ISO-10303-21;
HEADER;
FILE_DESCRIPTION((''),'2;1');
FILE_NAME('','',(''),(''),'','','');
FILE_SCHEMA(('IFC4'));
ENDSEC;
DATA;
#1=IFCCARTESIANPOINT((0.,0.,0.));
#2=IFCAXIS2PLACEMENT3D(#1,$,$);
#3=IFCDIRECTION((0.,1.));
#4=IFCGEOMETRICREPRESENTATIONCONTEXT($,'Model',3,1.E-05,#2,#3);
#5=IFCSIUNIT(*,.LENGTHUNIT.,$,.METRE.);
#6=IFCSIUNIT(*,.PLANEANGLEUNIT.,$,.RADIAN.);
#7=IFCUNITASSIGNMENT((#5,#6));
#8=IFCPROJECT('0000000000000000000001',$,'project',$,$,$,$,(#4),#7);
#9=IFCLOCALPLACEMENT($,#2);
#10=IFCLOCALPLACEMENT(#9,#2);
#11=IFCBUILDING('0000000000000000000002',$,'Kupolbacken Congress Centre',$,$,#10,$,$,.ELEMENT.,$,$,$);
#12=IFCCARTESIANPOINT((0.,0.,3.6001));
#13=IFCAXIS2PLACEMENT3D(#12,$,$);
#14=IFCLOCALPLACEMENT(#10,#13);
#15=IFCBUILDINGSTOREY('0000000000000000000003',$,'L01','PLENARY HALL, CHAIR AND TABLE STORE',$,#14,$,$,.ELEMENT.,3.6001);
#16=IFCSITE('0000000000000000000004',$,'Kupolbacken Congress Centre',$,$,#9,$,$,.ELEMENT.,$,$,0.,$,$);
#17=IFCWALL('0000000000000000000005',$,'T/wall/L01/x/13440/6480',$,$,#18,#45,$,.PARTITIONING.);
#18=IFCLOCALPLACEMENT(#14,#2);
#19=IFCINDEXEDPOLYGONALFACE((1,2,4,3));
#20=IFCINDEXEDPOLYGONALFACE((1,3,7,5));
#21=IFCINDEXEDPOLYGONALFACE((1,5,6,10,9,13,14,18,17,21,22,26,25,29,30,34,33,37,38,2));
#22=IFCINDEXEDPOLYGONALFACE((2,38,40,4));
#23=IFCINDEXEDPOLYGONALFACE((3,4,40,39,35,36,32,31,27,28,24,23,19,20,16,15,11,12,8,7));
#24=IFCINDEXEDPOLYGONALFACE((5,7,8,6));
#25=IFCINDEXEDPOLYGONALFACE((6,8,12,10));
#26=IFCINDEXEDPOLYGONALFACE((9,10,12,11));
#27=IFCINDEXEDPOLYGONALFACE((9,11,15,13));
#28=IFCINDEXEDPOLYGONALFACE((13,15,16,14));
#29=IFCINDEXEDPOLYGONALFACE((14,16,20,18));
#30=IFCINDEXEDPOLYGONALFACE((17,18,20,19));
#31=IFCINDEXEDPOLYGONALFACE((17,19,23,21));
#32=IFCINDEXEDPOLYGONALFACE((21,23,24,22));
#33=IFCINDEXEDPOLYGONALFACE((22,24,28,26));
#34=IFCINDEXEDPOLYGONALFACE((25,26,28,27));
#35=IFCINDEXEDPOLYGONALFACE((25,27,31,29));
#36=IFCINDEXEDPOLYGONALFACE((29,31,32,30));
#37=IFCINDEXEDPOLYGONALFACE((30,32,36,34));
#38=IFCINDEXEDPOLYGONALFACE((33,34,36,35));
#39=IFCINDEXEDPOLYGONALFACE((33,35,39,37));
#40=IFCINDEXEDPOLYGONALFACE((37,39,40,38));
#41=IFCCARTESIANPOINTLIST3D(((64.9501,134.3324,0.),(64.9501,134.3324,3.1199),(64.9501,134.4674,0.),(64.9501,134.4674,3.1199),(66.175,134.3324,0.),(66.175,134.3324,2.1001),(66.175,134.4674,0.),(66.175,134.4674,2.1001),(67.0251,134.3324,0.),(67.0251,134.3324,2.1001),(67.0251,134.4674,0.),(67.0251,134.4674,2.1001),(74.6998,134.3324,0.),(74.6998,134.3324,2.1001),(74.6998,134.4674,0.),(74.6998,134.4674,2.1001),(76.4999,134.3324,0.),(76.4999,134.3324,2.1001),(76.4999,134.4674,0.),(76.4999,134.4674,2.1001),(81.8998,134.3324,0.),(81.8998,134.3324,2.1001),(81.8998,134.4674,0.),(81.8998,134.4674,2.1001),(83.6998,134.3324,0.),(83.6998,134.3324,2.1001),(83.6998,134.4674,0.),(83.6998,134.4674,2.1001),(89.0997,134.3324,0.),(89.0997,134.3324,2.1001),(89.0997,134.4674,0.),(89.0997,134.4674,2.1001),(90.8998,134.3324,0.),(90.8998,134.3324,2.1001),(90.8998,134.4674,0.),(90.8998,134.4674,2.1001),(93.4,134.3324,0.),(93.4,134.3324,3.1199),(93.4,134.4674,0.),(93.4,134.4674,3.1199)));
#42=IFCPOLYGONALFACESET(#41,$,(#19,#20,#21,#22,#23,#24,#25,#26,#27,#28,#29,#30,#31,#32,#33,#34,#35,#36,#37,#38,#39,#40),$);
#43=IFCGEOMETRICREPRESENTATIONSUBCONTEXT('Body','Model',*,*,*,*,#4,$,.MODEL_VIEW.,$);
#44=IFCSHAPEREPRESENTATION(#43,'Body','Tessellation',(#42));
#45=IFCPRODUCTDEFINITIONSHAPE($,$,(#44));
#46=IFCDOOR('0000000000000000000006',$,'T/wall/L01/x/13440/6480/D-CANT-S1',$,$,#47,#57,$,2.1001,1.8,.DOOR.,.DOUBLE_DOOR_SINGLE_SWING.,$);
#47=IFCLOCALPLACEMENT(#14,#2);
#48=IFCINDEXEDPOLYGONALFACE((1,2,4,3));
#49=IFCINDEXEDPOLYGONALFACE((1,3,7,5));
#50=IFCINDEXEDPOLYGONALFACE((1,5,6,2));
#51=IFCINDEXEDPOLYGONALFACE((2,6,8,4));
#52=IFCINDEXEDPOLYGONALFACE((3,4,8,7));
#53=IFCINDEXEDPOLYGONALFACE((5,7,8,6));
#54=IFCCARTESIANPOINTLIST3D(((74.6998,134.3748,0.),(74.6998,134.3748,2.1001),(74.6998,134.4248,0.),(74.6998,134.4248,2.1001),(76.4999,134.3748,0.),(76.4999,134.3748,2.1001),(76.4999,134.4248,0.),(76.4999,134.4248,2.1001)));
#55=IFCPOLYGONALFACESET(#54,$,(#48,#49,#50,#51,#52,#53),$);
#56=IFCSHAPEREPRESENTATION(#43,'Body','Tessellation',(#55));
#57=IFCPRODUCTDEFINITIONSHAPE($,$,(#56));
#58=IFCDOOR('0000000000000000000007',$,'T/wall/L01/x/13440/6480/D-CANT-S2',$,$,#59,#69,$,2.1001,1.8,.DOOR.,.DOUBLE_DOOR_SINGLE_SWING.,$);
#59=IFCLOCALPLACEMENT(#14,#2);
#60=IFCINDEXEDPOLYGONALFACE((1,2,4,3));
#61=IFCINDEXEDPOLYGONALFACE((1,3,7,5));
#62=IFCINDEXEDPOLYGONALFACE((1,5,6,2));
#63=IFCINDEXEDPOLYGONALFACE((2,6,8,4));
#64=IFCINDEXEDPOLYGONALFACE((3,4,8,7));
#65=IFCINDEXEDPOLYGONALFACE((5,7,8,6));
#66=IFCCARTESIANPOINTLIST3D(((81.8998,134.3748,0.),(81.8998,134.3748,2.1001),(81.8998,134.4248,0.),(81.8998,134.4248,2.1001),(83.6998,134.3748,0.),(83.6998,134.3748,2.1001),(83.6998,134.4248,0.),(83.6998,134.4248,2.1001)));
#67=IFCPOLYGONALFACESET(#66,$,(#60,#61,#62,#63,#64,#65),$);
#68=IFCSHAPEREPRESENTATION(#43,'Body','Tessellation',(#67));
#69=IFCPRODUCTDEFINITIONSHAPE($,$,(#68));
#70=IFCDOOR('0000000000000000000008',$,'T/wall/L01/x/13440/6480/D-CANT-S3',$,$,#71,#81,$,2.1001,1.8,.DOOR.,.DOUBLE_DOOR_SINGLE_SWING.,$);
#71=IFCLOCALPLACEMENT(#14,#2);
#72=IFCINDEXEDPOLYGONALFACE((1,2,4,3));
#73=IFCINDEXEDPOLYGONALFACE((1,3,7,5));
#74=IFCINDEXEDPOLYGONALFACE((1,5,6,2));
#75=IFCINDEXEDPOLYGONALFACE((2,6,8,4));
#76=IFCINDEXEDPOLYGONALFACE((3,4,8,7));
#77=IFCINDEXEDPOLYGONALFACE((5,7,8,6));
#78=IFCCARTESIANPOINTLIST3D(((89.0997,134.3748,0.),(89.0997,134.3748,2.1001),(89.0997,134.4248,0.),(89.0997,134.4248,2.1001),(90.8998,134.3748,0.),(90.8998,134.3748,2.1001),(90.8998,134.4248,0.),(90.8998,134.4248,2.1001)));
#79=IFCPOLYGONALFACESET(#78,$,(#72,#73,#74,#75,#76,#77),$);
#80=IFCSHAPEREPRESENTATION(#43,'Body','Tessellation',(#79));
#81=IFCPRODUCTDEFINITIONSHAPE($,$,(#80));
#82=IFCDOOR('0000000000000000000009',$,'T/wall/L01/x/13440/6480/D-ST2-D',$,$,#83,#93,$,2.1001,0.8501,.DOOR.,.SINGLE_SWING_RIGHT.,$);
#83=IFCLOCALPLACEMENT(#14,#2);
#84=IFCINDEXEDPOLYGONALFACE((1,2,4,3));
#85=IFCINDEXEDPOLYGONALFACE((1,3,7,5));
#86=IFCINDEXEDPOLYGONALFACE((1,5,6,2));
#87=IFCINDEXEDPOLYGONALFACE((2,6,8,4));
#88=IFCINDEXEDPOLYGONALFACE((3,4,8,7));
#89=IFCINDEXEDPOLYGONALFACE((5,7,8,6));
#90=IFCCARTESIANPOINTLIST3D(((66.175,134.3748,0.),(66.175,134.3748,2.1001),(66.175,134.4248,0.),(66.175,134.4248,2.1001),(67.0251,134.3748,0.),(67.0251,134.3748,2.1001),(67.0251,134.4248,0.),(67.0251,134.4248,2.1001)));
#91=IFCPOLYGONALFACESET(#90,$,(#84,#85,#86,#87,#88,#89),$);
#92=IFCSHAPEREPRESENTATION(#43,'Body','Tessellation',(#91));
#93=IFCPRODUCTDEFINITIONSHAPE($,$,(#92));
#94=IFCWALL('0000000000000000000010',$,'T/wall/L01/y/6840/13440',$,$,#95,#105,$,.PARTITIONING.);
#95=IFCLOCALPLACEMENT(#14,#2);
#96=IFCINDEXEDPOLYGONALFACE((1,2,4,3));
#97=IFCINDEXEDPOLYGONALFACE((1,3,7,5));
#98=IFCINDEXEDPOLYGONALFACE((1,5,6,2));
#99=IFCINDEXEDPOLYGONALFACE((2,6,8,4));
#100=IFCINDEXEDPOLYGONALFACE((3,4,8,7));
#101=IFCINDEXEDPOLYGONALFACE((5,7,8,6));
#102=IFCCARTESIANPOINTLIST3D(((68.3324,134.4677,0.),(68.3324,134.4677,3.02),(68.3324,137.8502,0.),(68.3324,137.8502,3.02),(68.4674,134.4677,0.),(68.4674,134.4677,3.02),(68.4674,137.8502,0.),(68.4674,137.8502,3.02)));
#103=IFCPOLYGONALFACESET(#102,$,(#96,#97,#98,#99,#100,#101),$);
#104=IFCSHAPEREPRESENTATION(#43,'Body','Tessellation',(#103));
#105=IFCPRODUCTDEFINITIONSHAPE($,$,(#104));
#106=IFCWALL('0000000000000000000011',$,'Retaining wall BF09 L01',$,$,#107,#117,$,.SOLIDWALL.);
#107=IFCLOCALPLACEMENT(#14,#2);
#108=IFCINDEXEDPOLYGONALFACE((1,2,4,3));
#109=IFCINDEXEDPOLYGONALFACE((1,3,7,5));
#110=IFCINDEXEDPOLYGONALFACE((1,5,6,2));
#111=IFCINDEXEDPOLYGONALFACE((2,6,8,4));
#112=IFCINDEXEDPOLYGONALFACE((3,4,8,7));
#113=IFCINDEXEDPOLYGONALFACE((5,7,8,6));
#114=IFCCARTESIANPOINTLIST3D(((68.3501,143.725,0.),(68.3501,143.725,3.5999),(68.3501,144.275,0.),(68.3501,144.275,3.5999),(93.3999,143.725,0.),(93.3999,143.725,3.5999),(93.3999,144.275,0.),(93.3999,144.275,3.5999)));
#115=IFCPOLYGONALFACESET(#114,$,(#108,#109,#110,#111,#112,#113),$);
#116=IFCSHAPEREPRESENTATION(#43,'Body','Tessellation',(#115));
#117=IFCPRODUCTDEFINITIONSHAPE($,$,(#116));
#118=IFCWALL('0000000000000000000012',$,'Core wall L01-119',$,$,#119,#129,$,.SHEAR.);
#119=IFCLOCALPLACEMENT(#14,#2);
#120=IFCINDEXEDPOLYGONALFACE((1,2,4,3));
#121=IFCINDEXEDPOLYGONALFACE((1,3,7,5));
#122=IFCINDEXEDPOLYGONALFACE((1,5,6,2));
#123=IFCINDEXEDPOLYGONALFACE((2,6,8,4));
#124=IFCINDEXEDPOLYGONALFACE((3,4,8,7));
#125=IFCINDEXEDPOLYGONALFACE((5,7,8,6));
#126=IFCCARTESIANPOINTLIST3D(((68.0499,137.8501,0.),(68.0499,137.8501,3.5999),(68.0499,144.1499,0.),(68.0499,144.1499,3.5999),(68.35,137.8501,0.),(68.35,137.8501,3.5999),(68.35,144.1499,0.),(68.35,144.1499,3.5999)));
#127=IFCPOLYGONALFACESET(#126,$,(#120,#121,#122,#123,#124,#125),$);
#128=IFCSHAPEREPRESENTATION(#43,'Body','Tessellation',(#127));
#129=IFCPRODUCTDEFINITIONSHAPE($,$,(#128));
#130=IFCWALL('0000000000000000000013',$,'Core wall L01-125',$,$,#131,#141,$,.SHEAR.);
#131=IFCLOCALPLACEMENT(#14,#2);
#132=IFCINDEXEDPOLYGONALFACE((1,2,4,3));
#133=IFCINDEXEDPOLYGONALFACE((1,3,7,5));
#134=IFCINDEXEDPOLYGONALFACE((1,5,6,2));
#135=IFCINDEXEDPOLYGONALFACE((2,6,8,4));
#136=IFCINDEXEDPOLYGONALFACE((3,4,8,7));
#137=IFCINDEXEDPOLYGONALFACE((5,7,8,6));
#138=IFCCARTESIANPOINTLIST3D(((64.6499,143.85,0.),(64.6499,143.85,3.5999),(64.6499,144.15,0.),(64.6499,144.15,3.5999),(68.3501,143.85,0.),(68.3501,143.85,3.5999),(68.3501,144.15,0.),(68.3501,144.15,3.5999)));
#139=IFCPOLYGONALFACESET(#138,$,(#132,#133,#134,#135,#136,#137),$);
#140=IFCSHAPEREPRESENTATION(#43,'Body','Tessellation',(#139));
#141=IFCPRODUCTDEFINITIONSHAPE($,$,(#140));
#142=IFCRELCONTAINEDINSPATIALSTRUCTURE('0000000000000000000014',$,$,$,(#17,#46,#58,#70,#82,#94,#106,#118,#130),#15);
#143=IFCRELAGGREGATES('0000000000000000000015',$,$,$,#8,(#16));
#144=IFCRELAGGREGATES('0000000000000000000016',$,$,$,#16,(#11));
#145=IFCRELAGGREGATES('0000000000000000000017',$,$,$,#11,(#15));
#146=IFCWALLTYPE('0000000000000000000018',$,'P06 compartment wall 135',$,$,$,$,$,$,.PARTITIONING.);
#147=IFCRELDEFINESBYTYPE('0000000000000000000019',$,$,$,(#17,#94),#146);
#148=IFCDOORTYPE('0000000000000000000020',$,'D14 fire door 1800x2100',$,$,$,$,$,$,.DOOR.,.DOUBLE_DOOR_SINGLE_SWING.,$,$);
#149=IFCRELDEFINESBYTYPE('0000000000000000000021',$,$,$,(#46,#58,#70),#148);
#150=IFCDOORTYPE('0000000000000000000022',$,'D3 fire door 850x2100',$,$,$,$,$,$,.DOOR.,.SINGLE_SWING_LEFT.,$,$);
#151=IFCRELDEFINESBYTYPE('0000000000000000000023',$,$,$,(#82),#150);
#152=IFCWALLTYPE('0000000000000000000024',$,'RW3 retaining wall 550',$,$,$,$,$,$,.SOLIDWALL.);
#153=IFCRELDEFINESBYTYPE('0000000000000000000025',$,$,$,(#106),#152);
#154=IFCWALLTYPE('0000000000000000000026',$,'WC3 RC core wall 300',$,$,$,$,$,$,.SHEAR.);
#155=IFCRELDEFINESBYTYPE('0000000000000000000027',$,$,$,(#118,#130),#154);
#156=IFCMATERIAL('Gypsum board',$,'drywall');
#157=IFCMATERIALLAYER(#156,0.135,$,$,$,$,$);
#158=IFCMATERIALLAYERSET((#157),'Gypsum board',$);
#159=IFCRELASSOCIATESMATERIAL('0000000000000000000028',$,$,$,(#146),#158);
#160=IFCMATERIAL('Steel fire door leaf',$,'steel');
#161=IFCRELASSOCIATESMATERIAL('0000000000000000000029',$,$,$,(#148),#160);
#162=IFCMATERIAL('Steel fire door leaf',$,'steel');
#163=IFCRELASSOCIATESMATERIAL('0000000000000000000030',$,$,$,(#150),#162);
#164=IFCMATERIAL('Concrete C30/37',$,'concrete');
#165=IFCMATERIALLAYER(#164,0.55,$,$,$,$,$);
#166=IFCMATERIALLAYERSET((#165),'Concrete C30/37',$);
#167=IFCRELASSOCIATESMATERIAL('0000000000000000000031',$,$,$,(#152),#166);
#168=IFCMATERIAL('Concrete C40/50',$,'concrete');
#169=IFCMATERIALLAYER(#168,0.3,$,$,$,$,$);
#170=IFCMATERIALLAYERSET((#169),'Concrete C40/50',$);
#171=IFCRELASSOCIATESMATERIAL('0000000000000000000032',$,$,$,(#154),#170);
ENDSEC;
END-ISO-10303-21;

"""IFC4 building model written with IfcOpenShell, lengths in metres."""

from ifc_helpers import new_model, si_unit, direction, frame, frame_2d, origin, place, context, subcontext, project, spatial, rectangle, extrude, material, layer, layer_set, type_object, element, fill, save


model = new_model("IFC4")

# Units and contexts
model_context = context("Model", 3, precision=1e-05, world=origin(), true_north=direction((0.0, 1.0)))
body_context = subcontext(model_context, "Body", "Model", "MODEL_VIEW")
ifc_project = project(units=[si_unit("LENGTHUNIT", "METRE"), si_unit("PLANEANGLEUNIT", "RADIAN")], contexts=[model_context])

# Site, building, storey
site_placement = place(None, origin())
site = spatial("IfcSite", under=ifc_project, at=site_placement, Name="Kupolbacken Congress Centre", CompositionType="ELEMENT", RefElevation=0.0)
building_placement = place(site_placement, origin())
building = spatial("IfcBuilding", under=site, at=building_placement, Name="Kupolbacken Congress Centre", CompositionType="ELEMENT")
storey_placement = place(building_placement, frame((0.0, 0.0, 3.6001)))
storey = spatial("IfcBuildingStorey", under=building, at=storey_placement, Name="L01", Description="PLENARY HALL, CHAIR AND TABLE STORE", CompositionType="ELEMENT", Elevation=3.6001)

# Wall, openings, doors
ifc_material_1 = material(Name="Gypsum board", Category="drywall")
ifc_layer_1 = layer(ifc_material_1, 0.135)
ifc_layer_set_1 = layer_set([ifc_layer_1], Name="Gypsum board")
wall_type_1 = type_object("IfcWallType", Name="P06 compartment wall 135", PredefinedType="PARTITIONING", material=ifc_layer_set_1)
wall_1_placement = place(storey_placement, frame((64.95, 134.3999, 0.0), z_axis=(0.0, 0.0, 1.0), x_axis=(1.0, 0.0, 0.0)))
wall_1 = element("IfcWall", 1, at=wall_1_placement, inside=storey, type_object=wall_type_1, Name="T/wall/L01/x/13440/6480", PredefinedType="PARTITIONING", context=body_context, shape_type="SweptSolid", body=[
    extrude(rectangle(XDim=28.45, YDim=0.135, at=frame_2d((14.2251, 0.0))), origin(), (0.0, 0.0, 1.0), 3.1199),
])
opening_1_placement = place(wall_1_placement, frame((1.2251, 0.0, 0.0)))
opening_1 = element("IfcOpeningElement", 2, at=opening_1_placement, cuts=wall_1, PredefinedType="OPENING", context=body_context, shape_type="SweptSolid", body=[
    extrude(rectangle(XDim=0.8501, YDim=2.1001, at=frame_2d((0.425, 1.05))), frame((0.0, 0.0774, 0.0), z_axis=(0.0, -1.0, 0.0), x_axis=(1.0, 0.0, 0.0)), (0.0, 0.0, 1.0), 0.155),
])
opening_2_placement = place(wall_1_placement, frame((9.75, 0.0, 0.0)))
opening_2 = element("IfcOpeningElement", 3, at=opening_2_placement, cuts=wall_1, PredefinedType="OPENING", context=body_context, shape_type="SweptSolid", body=[
    extrude(rectangle(XDim=1.8, YDim=2.1001, at=frame_2d((0.8999, 1.05))), frame((0.0, 0.0774, 0.0), z_axis=(0.0, -1.0, 0.0), x_axis=(1.0, 0.0, 0.0)), (0.0, 0.0, 1.0), 0.155),
])
opening_3_placement = place(wall_1_placement, frame((16.95, 0.0, 0.0)))
opening_3 = element("IfcOpeningElement", 4, at=opening_3_placement, cuts=wall_1, PredefinedType="OPENING", context=body_context, shape_type="SweptSolid", body=[
    extrude(rectangle(XDim=1.8, YDim=2.1001, at=frame_2d((0.8999, 1.05))), frame((0.0, 0.0774, 0.0), z_axis=(0.0, -1.0, 0.0), x_axis=(1.0, 0.0, 0.0)), (0.0, 0.0, 1.0), 0.155),
])
opening_4_placement = place(wall_1_placement, frame((24.1499, 0.0, 0.0)))
opening_4 = element("IfcOpeningElement", 5, at=opening_4_placement, cuts=wall_1, PredefinedType="OPENING", context=body_context, shape_type="SweptSolid", body=[
    extrude(rectangle(XDim=1.8, YDim=2.1001, at=frame_2d((0.8999, 1.05))), frame((0.0, 0.0774, 0.0), z_axis=(0.0, -1.0, 0.0), x_axis=(1.0, 0.0, 0.0)), (0.0, 0.0, 1.0), 0.155),
])
ifc_material_2 = material(Name="Steel fire door leaf", Category="steel")
door_type_1 = type_object("IfcDoorType", Name="D14 fire door 1800x2100", OperationType="DOUBLE_DOOR_SINGLE_SWING", PredefinedType="DOOR", material=ifc_material_2)
door_1_placement = place(opening_2_placement, origin())
door_1 = element("IfcDoor", 6, at=door_1_placement, inside=storey, type_object=door_type_1, Name="T/wall/L01/x/13440/6480/D-CANT-S1", OperationType="DOUBLE_DOOR_SINGLE_SWING", OverallHeight=2.1001, OverallWidth=1.8, PredefinedType="DOOR", context=body_context, shape_type="SweptSolid", body=[
    extrude(rectangle(XDim=1.8, YDim=2.1001, at=frame_2d((0.8999, 1.05))), frame((0.0, 0.0249, 0.0), z_axis=(0.0, -1.0, 0.0), x_axis=(1.0, 0.0, 0.0)), (0.0, 0.0, 1.0), 0.05),
])
fill(opening_2, door_1)
door_2_placement = place(opening_3_placement, origin())
door_2 = element("IfcDoor", 7, at=door_2_placement, inside=storey, type_object=door_type_1, Name="T/wall/L01/x/13440/6480/D-CANT-S2", OperationType="DOUBLE_DOOR_SINGLE_SWING", OverallHeight=2.1001, OverallWidth=1.8, PredefinedType="DOOR", context=body_context, shape_type="SweptSolid", body=[
    extrude(rectangle(XDim=1.8, YDim=2.1001, at=frame_2d((0.8999, 1.05))), frame((0.0, 0.0249, 0.0), z_axis=(0.0, -1.0, 0.0), x_axis=(1.0, 0.0, 0.0)), (0.0, 0.0, 1.0), 0.05),
])
fill(opening_3, door_2)
door_3_placement = place(opening_4_placement, origin())
door_3 = element("IfcDoor", 8, at=door_3_placement, inside=storey, type_object=door_type_1, Name="T/wall/L01/x/13440/6480/D-CANT-S3", OperationType="DOUBLE_DOOR_SINGLE_SWING", OverallHeight=2.1001, OverallWidth=1.8, PredefinedType="DOOR", context=body_context, shape_type="SweptSolid", body=[
    extrude(rectangle(XDim=1.8, YDim=2.1001, at=frame_2d((0.8999, 1.05))), frame((0.0, 0.0249, 0.0), z_axis=(0.0, -1.0, 0.0), x_axis=(1.0, 0.0, 0.0)), (0.0, 0.0, 1.0), 0.05),
])
fill(opening_4, door_3)
ifc_material_3 = material(Name="Steel fire door leaf", Category="steel")
door_type_2 = type_object("IfcDoorType", Name="D3 fire door 850x2100", OperationType="SINGLE_SWING_LEFT", PredefinedType="DOOR", material=ifc_material_3)
door_4_placement = place(opening_1_placement, origin())
door_4 = element("IfcDoor", 9, at=door_4_placement, inside=storey, type_object=door_type_2, Name="T/wall/L01/x/13440/6480/D-ST2-D", OperationType="SINGLE_SWING_RIGHT", OverallHeight=2.1001, OverallWidth=0.8501, PredefinedType="DOOR", context=body_context, shape_type="SweptSolid", body=[
    extrude(rectangle(XDim=0.8501, YDim=2.1001, at=frame_2d((0.425, 1.05))), frame((0.0, 0.0249, 0.0), z_axis=(0.0, -1.0, 0.0), x_axis=(1.0, 0.0, 0.0)), (0.0, 0.0, 1.0), 0.05),
])
fill(opening_1, door_4)

# Walls
wall_2_placement = place(storey_placement, frame((68.3999, 134.4675, 0.0), z_axis=(0.0, 0.0, 1.0), x_axis=(0.0, 1.0, 0.0)))
element("IfcWall", 10, at=wall_2_placement, inside=storey, type_object=wall_type_1, Name="T/wall/L01/y/6840/13440", PredefinedType="PARTITIONING", context=body_context, shape_type="SweptSolid", body=[
    extrude(rectangle(XDim=3.3826, YDim=0.135, at=frame_2d((1.6914, 0.0))), origin(), (0.0, 0.0, 1.0), 3.02),
])
ifc_material_4 = material(Name="Concrete C30/37", Category="concrete")
ifc_layer_2 = layer(ifc_material_4, 0.55)
ifc_layer_set_2 = layer_set([ifc_layer_2], Name="Concrete C30/37")
wall_type_2 = type_object("IfcWallType", Name="RW3 retaining wall 550", PredefinedType="SOLIDWALL", material=ifc_layer_set_2)
wall_3_placement = place(storey_placement, frame((68.3501, 144.0, 0.0), z_axis=(0.0, 0.0, 1.0), x_axis=(1.0, 0.0, 0.0)))
element("IfcWall", 11, at=wall_3_placement, inside=storey, type_object=wall_type_2, Name="Retaining wall BF09 L01", PredefinedType="SOLIDWALL", context=body_context, shape_type="SweptSolid", body=[
    extrude(rectangle(XDim=25.0498, YDim=0.55, at=frame_2d((12.5249, 0.0))), origin(), (0.0, 0.0, 1.0), 3.5999),
])
ifc_material_5 = material(Name="Concrete C40/50", Category="concrete")
ifc_layer_3 = layer(ifc_material_5, 0.3)
ifc_layer_set_3 = layer_set([ifc_layer_3], Name="Concrete C40/50")
wall_type_3 = type_object("IfcWallType", Name="WC3 RC core wall 300", PredefinedType="SHEAR", material=ifc_layer_set_3)
wall_4_placement = place(storey_placement, frame((68.2, 137.8501, 0.0), z_axis=(0.0, 0.0, 1.0), x_axis=(0.0, 1.0, 0.0)))
element("IfcWall", 12, at=wall_4_placement, inside=storey, type_object=wall_type_3, Name="Core wall L01-119", PredefinedType="SHEAR", context=body_context, shape_type="SweptSolid", body=[
    extrude(rectangle(XDim=6.2998, YDim=0.3, at=frame_2d((3.1499, 0.0))), origin(), (0.0, 0.0, 1.0), 3.5999),
])
wall_5_placement = place(storey_placement, frame((68.3501, 144.0, 0.0), z_axis=(0.0, 0.0, 1.0), x_axis=(-1.0, 0.0, 0.0)))
element("IfcWall", 13, at=wall_5_placement, inside=storey, type_object=wall_type_3, Name="Core wall L01-125", PredefinedType="SHEAR", context=body_context, shape_type="SweptSolid", body=[
    extrude(rectangle(XDim=3.7002, YDim=0.3, at=frame_2d((1.8501, 0.0))), origin(), (0.0, 0.0, 1.0), 3.5999),
])

save(model, "model.ifc")
